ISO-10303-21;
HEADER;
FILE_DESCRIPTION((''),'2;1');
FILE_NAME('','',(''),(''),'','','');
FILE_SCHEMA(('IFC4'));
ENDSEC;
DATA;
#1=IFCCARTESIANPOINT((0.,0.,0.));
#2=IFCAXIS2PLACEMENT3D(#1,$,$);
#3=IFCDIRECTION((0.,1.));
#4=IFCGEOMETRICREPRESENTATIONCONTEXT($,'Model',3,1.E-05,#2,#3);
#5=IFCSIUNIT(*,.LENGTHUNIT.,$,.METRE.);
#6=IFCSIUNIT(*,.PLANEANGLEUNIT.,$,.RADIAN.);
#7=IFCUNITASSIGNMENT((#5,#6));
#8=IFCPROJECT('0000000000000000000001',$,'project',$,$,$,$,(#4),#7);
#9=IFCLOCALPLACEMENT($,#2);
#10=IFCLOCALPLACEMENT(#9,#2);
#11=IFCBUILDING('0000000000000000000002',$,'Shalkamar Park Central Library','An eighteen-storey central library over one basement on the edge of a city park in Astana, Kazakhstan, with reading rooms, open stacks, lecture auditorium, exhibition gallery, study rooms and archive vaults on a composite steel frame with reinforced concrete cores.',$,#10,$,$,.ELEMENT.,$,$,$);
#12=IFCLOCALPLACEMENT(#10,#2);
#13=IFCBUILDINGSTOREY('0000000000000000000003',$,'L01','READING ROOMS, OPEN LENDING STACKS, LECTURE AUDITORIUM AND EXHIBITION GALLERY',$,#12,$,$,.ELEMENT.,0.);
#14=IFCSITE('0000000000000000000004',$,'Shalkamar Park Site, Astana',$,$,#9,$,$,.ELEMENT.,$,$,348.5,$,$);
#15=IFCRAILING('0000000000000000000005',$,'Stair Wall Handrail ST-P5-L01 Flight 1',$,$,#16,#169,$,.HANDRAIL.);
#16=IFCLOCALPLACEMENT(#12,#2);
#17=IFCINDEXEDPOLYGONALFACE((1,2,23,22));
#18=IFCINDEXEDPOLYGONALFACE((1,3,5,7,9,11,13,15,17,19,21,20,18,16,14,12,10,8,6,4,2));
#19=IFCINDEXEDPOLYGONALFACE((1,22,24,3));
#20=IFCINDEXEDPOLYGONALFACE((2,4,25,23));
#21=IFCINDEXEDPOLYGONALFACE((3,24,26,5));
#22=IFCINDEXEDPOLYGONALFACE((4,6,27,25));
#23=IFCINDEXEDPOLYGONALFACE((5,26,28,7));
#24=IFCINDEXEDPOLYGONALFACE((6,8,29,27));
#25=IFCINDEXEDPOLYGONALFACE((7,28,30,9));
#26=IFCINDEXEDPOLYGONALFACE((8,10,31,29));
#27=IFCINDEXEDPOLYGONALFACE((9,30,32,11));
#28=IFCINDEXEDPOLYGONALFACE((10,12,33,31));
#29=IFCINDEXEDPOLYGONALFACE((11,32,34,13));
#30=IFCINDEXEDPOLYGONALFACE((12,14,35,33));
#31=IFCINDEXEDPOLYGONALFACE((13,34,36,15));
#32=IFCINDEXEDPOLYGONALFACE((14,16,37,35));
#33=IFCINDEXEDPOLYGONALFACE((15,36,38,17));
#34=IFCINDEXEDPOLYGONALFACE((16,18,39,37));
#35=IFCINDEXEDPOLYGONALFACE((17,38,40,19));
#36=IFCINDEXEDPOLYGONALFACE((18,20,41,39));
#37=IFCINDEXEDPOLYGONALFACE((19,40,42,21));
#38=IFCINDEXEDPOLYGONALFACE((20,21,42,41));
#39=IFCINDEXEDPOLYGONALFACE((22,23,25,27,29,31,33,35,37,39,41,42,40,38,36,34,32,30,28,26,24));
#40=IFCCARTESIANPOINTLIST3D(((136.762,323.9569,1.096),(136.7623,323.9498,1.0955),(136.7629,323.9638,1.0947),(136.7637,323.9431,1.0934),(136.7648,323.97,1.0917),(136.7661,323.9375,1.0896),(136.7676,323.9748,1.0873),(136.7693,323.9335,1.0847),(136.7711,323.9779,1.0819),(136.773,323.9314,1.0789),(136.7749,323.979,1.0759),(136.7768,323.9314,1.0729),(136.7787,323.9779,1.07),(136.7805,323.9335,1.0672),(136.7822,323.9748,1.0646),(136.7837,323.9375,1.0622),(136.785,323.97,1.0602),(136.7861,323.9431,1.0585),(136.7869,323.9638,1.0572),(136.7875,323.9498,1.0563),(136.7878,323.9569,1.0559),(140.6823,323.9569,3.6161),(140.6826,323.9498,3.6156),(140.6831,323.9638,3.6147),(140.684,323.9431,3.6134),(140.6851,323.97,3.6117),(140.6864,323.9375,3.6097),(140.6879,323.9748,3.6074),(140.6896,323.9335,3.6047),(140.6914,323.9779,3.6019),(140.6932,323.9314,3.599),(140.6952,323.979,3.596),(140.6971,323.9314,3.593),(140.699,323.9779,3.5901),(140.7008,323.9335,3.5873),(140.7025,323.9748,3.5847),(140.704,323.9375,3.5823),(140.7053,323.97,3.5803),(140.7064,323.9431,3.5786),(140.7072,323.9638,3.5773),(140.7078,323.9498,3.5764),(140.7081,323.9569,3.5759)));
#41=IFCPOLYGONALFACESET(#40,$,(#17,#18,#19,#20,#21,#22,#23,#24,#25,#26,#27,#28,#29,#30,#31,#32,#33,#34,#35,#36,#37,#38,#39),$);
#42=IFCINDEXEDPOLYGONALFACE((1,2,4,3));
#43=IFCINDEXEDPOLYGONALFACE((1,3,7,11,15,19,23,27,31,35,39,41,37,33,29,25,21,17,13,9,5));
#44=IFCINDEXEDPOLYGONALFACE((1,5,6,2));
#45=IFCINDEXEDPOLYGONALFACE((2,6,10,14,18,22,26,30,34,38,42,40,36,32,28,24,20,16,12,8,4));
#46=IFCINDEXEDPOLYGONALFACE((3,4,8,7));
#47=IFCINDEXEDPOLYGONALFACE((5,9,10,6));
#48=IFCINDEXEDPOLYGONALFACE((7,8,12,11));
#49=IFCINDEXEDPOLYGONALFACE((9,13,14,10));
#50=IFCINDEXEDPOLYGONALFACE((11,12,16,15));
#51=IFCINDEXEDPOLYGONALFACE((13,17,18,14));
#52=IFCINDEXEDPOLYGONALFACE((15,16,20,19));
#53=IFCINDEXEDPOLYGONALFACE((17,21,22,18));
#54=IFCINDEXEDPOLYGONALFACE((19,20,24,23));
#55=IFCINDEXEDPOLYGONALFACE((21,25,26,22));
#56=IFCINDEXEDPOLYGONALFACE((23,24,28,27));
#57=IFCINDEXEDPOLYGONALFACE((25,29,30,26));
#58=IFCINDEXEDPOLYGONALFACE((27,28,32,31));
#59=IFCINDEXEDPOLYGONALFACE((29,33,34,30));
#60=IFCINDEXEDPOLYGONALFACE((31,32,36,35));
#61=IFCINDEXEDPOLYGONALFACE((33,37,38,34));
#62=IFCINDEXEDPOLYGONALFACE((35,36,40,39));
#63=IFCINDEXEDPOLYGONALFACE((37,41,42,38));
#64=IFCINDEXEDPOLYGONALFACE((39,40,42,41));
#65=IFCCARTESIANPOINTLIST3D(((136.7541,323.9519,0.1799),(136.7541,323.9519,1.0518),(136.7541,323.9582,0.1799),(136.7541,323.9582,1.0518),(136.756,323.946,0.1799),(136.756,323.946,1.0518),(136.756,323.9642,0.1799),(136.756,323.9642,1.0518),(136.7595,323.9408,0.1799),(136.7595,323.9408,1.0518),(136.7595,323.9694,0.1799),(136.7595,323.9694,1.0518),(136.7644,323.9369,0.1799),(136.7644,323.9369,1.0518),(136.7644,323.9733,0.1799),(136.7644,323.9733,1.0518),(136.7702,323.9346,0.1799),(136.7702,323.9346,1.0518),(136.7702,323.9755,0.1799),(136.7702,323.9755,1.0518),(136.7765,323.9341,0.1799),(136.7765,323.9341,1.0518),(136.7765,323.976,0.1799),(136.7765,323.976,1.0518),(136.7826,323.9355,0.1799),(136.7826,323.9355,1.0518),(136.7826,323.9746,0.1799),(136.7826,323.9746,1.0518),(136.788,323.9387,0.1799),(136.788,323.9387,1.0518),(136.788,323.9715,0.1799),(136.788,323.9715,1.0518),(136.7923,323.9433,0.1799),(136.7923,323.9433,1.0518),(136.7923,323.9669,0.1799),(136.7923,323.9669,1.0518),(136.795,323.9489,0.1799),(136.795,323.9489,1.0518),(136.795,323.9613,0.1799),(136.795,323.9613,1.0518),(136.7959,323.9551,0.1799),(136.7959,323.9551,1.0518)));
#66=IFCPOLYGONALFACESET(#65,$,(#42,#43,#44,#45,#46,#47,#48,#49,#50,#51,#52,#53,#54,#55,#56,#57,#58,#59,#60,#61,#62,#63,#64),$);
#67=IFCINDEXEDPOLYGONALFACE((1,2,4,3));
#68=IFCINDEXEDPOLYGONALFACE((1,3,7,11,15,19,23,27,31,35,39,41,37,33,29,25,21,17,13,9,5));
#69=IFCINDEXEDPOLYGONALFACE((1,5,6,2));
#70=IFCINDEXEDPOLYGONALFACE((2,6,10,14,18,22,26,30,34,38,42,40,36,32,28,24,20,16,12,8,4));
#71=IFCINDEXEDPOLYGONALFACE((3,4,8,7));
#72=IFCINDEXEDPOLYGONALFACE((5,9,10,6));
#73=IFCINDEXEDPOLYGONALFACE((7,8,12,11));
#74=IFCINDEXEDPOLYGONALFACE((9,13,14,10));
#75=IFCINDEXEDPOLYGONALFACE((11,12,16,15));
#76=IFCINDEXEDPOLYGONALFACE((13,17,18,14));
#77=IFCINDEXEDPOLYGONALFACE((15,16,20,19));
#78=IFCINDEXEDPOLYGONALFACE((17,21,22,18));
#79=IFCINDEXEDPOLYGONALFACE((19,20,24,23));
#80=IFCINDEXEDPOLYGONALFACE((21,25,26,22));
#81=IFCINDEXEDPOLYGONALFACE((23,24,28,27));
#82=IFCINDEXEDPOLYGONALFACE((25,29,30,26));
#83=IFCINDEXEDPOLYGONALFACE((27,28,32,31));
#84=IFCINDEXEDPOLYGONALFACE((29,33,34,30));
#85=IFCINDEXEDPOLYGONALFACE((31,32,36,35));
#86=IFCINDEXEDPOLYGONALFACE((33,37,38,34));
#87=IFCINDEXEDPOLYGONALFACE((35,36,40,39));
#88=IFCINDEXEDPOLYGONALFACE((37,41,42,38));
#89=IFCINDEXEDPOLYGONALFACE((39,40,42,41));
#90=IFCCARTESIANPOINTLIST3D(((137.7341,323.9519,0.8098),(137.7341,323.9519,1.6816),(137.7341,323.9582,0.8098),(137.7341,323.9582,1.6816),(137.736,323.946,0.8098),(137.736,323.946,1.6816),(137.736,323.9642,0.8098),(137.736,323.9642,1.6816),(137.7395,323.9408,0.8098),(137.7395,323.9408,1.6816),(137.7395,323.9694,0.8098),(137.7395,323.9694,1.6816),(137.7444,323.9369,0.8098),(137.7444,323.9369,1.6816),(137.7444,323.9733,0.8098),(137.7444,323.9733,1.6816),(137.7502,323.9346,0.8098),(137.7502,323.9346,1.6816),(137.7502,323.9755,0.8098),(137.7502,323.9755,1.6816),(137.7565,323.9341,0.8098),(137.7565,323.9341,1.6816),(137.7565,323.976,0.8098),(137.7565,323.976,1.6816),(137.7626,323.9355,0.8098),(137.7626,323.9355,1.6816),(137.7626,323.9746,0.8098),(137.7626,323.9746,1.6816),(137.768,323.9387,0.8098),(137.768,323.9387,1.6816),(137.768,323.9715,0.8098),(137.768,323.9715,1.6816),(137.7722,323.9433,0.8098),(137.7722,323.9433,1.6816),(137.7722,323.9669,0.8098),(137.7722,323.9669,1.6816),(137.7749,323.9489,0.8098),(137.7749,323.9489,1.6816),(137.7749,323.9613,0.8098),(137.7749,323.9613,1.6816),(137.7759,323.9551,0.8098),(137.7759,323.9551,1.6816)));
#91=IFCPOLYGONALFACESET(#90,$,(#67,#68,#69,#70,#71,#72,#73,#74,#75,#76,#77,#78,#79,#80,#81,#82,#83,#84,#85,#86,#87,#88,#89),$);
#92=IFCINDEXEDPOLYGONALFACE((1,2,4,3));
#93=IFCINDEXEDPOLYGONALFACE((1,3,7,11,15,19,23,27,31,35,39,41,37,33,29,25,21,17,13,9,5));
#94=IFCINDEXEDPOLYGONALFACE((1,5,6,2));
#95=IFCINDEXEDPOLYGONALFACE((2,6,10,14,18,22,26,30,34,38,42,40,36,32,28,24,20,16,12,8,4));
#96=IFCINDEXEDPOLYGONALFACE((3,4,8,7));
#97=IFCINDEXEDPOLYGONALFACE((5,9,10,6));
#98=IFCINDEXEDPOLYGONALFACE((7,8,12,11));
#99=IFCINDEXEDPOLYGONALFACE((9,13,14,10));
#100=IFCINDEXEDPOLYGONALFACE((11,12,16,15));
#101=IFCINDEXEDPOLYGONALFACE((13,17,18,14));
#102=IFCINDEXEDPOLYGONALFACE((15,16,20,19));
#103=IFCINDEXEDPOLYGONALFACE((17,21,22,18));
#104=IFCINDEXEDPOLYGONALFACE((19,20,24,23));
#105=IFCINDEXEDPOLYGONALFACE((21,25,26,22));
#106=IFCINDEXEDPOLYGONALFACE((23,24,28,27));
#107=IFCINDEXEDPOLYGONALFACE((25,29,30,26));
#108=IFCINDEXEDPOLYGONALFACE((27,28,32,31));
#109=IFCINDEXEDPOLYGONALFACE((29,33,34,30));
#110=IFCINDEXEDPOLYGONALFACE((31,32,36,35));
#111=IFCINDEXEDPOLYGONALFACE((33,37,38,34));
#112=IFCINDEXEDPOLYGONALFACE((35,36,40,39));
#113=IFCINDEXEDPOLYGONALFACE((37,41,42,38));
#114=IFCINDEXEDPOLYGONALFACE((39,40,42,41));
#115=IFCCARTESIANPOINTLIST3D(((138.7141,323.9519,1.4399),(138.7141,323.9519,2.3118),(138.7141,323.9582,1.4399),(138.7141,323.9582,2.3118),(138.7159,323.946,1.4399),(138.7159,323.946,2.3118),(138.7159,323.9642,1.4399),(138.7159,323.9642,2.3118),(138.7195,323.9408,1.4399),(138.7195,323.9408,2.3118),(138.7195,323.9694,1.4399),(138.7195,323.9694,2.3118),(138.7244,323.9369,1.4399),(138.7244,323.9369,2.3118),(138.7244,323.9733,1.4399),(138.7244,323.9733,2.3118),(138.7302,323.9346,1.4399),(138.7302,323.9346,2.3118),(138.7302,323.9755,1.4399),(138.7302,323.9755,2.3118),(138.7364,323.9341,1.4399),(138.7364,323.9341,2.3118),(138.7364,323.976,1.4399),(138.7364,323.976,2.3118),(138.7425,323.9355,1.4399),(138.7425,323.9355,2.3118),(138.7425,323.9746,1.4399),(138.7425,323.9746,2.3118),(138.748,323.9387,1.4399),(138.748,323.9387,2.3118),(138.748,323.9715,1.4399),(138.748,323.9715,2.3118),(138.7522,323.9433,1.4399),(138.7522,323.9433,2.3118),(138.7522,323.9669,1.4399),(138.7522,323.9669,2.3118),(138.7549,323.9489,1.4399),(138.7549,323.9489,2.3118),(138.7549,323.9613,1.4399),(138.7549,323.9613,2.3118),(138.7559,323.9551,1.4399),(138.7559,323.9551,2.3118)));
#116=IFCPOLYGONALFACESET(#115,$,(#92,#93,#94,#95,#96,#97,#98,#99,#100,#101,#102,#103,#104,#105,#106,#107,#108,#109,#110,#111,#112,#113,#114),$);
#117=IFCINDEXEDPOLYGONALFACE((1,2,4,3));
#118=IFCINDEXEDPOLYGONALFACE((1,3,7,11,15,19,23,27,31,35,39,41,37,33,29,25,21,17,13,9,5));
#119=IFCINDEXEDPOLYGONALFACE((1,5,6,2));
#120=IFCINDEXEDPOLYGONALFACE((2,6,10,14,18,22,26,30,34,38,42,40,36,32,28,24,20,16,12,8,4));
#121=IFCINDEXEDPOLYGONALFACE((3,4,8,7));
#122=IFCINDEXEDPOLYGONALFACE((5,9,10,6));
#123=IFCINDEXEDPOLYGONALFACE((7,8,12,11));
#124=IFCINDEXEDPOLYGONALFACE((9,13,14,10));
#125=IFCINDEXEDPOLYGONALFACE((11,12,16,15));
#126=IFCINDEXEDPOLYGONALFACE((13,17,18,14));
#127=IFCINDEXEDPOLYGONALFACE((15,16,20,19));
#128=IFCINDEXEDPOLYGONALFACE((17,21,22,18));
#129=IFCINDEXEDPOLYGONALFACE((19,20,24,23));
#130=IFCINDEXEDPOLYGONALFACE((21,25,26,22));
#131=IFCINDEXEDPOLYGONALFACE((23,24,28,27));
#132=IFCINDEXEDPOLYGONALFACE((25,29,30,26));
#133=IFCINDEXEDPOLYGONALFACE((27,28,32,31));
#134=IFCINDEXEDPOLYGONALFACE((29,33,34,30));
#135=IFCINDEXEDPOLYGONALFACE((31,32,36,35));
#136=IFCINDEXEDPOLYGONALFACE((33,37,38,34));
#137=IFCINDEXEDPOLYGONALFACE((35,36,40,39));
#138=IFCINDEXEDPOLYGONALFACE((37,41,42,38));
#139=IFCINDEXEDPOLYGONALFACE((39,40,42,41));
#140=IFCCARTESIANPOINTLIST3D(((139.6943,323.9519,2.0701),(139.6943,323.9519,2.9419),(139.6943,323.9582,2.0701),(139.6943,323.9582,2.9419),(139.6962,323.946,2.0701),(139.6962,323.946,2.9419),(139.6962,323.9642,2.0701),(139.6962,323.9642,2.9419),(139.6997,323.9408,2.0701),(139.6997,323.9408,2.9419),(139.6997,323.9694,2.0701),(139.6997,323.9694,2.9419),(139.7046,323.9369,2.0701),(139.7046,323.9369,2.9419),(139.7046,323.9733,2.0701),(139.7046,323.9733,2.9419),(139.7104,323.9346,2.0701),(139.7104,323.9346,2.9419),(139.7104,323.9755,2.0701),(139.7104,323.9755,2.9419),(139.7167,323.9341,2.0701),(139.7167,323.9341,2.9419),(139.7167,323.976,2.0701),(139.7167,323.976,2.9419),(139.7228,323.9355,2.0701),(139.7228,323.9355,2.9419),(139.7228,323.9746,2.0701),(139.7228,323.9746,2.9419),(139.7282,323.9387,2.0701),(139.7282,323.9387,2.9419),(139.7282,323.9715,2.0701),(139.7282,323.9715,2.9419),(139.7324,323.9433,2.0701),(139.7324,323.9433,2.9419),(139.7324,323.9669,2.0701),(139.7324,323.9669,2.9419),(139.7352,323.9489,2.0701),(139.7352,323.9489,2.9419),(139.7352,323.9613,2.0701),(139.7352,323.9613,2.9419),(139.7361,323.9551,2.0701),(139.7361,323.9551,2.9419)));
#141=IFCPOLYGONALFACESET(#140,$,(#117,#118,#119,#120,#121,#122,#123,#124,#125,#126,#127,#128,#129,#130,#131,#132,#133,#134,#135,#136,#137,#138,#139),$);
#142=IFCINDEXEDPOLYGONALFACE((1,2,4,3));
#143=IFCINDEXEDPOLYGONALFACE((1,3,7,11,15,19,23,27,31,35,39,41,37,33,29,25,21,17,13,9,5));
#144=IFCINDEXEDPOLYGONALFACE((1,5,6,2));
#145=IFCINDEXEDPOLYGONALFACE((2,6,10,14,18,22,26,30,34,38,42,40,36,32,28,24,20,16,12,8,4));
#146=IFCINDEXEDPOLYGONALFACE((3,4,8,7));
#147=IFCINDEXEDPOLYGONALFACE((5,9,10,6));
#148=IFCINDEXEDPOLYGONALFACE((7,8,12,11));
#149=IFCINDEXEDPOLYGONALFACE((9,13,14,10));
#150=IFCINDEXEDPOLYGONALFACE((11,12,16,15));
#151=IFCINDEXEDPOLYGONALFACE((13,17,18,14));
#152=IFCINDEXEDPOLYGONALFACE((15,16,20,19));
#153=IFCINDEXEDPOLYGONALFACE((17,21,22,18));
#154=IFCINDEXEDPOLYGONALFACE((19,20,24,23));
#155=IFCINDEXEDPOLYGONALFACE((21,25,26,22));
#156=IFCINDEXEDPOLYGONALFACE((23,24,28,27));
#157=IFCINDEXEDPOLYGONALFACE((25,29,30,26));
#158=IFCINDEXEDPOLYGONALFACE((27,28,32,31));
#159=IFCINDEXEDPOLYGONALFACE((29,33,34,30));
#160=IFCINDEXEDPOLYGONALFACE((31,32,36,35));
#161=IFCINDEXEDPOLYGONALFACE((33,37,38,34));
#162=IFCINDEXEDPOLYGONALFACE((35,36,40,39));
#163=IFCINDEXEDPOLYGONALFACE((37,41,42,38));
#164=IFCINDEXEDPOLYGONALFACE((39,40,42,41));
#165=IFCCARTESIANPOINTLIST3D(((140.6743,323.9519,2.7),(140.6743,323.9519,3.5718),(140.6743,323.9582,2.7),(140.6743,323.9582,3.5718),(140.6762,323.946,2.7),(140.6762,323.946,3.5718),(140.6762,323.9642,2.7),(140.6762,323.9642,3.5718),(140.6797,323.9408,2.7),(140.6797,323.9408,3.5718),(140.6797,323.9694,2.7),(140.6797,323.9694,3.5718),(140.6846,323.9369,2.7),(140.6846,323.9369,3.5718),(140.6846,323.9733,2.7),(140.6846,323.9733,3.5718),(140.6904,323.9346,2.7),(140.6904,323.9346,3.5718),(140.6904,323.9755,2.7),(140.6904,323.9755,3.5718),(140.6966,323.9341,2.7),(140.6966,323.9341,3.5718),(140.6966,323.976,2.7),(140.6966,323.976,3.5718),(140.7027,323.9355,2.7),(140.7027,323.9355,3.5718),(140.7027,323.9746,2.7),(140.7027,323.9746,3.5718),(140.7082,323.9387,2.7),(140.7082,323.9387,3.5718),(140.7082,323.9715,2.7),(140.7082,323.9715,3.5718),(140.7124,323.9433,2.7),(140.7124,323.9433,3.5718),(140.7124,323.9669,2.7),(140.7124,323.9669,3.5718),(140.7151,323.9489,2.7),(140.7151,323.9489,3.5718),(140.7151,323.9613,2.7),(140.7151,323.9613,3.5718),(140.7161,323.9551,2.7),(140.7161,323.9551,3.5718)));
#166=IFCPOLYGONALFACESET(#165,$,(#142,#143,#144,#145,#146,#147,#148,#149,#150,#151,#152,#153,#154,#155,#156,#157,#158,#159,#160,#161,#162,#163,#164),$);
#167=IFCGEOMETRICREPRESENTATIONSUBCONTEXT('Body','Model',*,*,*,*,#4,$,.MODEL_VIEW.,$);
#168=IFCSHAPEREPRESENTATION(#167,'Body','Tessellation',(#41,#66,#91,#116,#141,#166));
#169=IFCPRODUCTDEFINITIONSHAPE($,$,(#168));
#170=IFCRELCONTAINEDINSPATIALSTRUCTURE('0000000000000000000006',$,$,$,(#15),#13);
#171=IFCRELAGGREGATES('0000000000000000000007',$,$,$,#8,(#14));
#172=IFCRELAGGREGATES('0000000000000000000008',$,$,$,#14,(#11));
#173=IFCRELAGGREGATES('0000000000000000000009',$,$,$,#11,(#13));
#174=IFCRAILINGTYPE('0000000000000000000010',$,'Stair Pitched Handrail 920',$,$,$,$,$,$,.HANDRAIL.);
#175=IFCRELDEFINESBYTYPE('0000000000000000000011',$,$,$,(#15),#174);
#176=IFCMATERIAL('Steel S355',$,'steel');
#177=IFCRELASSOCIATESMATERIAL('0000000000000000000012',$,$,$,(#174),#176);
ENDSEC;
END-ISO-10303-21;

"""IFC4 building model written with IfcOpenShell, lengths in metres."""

from ifc_helpers import new_model, si_unit, direction, frame, origin, origin_2d, place, context, subcontext, project, spatial, circle, extrude, material, type_object, element, save


model = new_model("IFC4")

# Units and contexts
model_context = context("Model", 3, precision=1e-05, world=origin(), true_north=direction((0.0, 1.0)))
body_context = subcontext(model_context, "Body", "Model", "MODEL_VIEW")
ifc_project = project(units=[si_unit("LENGTHUNIT", "METRE"), si_unit("PLANEANGLEUNIT", "RADIAN")], contexts=[model_context])

# Site, building, storey
site_placement = place(None, origin())
site = spatial("IfcSite", under=ifc_project, at=site_placement, Name="Shalkamar Park Site, Astana", CompositionType="ELEMENT", RefElevation=348.5)
building_placement = place(site_placement, origin())
building = spatial("IfcBuilding", under=site, at=building_placement, Name="Shalkamar Park Central Library", Description="An eighteen-storey central library over one basement on the edge of a city park in Astana, Kazakhstan, with reading rooms, open stacks, lecture auditorium, exhibition gallery, study rooms and archive vaults on a composite steel frame with reinforced concrete cores.", CompositionType="ELEMENT")
storey_placement = place(building_placement, origin())
storey = spatial("IfcBuildingStorey", under=building, at=storey_placement, Name="L01", Description="READING ROOMS, OPEN LENDING STACKS, LECTURE AUDITORIUM AND EXHIBITION GALLERY", CompositionType="ELEMENT", Elevation=0.0)

# Shared definitions
ifc_material_1 = material(Name="Steel S355", Category="steel")

# Railing
railing_type_1 = type_object("IfcRailingType", Name="Stair Pitched Handrail 920", PredefinedType="HANDRAIL", material=ifc_material_1)
railing_1_placement = place(storey_placement, frame((136.7749, 323.9551, 0.1799)))
element("IfcRailing", 1, at=railing_1_placement, inside=storey, type_object=railing_type_1, Name="Stair Wall Handrail ST-P5-L01 Flight 1", PredefinedType="HANDRAIL", context=body_context, shape_type="SweptSolid", body=[
    extrude(circle(Radius=0.0239, at=origin_2d()), frame((0.0, 0.0, 0.896), z_axis=(0.841187, 0.0, 0.540744), x_axis=(0.0, 1.0, 0.0)), (0.0, 0.0, 1.0), 4.6604),
    extrude(circle(Radius=0.021, at=origin_2d()), origin(), (0.0, 0.0, 1.0), 0.8718),
    extrude(circle(Radius=0.021, at=origin_2d()), frame((0.98, 0.0, 0.6299)), (0.0, 0.0, 1.0), 0.8718),
    extrude(circle(Radius=0.021, at=origin_2d()), frame((1.96, 0.0, 1.26)), (0.0, 0.0, 1.0), 0.8718),
    extrude(circle(Radius=0.021, at=origin_2d()), frame((2.9402, 0.0, 1.8901)), (0.0, 0.0, 1.0), 0.8718),
    extrude(circle(Radius=0.021, at=origin_2d()), frame((3.9202, 0.0, 2.52)), (0.0, 0.0, 1.0), 0.8718),
])

save(model, "model.ifc")
